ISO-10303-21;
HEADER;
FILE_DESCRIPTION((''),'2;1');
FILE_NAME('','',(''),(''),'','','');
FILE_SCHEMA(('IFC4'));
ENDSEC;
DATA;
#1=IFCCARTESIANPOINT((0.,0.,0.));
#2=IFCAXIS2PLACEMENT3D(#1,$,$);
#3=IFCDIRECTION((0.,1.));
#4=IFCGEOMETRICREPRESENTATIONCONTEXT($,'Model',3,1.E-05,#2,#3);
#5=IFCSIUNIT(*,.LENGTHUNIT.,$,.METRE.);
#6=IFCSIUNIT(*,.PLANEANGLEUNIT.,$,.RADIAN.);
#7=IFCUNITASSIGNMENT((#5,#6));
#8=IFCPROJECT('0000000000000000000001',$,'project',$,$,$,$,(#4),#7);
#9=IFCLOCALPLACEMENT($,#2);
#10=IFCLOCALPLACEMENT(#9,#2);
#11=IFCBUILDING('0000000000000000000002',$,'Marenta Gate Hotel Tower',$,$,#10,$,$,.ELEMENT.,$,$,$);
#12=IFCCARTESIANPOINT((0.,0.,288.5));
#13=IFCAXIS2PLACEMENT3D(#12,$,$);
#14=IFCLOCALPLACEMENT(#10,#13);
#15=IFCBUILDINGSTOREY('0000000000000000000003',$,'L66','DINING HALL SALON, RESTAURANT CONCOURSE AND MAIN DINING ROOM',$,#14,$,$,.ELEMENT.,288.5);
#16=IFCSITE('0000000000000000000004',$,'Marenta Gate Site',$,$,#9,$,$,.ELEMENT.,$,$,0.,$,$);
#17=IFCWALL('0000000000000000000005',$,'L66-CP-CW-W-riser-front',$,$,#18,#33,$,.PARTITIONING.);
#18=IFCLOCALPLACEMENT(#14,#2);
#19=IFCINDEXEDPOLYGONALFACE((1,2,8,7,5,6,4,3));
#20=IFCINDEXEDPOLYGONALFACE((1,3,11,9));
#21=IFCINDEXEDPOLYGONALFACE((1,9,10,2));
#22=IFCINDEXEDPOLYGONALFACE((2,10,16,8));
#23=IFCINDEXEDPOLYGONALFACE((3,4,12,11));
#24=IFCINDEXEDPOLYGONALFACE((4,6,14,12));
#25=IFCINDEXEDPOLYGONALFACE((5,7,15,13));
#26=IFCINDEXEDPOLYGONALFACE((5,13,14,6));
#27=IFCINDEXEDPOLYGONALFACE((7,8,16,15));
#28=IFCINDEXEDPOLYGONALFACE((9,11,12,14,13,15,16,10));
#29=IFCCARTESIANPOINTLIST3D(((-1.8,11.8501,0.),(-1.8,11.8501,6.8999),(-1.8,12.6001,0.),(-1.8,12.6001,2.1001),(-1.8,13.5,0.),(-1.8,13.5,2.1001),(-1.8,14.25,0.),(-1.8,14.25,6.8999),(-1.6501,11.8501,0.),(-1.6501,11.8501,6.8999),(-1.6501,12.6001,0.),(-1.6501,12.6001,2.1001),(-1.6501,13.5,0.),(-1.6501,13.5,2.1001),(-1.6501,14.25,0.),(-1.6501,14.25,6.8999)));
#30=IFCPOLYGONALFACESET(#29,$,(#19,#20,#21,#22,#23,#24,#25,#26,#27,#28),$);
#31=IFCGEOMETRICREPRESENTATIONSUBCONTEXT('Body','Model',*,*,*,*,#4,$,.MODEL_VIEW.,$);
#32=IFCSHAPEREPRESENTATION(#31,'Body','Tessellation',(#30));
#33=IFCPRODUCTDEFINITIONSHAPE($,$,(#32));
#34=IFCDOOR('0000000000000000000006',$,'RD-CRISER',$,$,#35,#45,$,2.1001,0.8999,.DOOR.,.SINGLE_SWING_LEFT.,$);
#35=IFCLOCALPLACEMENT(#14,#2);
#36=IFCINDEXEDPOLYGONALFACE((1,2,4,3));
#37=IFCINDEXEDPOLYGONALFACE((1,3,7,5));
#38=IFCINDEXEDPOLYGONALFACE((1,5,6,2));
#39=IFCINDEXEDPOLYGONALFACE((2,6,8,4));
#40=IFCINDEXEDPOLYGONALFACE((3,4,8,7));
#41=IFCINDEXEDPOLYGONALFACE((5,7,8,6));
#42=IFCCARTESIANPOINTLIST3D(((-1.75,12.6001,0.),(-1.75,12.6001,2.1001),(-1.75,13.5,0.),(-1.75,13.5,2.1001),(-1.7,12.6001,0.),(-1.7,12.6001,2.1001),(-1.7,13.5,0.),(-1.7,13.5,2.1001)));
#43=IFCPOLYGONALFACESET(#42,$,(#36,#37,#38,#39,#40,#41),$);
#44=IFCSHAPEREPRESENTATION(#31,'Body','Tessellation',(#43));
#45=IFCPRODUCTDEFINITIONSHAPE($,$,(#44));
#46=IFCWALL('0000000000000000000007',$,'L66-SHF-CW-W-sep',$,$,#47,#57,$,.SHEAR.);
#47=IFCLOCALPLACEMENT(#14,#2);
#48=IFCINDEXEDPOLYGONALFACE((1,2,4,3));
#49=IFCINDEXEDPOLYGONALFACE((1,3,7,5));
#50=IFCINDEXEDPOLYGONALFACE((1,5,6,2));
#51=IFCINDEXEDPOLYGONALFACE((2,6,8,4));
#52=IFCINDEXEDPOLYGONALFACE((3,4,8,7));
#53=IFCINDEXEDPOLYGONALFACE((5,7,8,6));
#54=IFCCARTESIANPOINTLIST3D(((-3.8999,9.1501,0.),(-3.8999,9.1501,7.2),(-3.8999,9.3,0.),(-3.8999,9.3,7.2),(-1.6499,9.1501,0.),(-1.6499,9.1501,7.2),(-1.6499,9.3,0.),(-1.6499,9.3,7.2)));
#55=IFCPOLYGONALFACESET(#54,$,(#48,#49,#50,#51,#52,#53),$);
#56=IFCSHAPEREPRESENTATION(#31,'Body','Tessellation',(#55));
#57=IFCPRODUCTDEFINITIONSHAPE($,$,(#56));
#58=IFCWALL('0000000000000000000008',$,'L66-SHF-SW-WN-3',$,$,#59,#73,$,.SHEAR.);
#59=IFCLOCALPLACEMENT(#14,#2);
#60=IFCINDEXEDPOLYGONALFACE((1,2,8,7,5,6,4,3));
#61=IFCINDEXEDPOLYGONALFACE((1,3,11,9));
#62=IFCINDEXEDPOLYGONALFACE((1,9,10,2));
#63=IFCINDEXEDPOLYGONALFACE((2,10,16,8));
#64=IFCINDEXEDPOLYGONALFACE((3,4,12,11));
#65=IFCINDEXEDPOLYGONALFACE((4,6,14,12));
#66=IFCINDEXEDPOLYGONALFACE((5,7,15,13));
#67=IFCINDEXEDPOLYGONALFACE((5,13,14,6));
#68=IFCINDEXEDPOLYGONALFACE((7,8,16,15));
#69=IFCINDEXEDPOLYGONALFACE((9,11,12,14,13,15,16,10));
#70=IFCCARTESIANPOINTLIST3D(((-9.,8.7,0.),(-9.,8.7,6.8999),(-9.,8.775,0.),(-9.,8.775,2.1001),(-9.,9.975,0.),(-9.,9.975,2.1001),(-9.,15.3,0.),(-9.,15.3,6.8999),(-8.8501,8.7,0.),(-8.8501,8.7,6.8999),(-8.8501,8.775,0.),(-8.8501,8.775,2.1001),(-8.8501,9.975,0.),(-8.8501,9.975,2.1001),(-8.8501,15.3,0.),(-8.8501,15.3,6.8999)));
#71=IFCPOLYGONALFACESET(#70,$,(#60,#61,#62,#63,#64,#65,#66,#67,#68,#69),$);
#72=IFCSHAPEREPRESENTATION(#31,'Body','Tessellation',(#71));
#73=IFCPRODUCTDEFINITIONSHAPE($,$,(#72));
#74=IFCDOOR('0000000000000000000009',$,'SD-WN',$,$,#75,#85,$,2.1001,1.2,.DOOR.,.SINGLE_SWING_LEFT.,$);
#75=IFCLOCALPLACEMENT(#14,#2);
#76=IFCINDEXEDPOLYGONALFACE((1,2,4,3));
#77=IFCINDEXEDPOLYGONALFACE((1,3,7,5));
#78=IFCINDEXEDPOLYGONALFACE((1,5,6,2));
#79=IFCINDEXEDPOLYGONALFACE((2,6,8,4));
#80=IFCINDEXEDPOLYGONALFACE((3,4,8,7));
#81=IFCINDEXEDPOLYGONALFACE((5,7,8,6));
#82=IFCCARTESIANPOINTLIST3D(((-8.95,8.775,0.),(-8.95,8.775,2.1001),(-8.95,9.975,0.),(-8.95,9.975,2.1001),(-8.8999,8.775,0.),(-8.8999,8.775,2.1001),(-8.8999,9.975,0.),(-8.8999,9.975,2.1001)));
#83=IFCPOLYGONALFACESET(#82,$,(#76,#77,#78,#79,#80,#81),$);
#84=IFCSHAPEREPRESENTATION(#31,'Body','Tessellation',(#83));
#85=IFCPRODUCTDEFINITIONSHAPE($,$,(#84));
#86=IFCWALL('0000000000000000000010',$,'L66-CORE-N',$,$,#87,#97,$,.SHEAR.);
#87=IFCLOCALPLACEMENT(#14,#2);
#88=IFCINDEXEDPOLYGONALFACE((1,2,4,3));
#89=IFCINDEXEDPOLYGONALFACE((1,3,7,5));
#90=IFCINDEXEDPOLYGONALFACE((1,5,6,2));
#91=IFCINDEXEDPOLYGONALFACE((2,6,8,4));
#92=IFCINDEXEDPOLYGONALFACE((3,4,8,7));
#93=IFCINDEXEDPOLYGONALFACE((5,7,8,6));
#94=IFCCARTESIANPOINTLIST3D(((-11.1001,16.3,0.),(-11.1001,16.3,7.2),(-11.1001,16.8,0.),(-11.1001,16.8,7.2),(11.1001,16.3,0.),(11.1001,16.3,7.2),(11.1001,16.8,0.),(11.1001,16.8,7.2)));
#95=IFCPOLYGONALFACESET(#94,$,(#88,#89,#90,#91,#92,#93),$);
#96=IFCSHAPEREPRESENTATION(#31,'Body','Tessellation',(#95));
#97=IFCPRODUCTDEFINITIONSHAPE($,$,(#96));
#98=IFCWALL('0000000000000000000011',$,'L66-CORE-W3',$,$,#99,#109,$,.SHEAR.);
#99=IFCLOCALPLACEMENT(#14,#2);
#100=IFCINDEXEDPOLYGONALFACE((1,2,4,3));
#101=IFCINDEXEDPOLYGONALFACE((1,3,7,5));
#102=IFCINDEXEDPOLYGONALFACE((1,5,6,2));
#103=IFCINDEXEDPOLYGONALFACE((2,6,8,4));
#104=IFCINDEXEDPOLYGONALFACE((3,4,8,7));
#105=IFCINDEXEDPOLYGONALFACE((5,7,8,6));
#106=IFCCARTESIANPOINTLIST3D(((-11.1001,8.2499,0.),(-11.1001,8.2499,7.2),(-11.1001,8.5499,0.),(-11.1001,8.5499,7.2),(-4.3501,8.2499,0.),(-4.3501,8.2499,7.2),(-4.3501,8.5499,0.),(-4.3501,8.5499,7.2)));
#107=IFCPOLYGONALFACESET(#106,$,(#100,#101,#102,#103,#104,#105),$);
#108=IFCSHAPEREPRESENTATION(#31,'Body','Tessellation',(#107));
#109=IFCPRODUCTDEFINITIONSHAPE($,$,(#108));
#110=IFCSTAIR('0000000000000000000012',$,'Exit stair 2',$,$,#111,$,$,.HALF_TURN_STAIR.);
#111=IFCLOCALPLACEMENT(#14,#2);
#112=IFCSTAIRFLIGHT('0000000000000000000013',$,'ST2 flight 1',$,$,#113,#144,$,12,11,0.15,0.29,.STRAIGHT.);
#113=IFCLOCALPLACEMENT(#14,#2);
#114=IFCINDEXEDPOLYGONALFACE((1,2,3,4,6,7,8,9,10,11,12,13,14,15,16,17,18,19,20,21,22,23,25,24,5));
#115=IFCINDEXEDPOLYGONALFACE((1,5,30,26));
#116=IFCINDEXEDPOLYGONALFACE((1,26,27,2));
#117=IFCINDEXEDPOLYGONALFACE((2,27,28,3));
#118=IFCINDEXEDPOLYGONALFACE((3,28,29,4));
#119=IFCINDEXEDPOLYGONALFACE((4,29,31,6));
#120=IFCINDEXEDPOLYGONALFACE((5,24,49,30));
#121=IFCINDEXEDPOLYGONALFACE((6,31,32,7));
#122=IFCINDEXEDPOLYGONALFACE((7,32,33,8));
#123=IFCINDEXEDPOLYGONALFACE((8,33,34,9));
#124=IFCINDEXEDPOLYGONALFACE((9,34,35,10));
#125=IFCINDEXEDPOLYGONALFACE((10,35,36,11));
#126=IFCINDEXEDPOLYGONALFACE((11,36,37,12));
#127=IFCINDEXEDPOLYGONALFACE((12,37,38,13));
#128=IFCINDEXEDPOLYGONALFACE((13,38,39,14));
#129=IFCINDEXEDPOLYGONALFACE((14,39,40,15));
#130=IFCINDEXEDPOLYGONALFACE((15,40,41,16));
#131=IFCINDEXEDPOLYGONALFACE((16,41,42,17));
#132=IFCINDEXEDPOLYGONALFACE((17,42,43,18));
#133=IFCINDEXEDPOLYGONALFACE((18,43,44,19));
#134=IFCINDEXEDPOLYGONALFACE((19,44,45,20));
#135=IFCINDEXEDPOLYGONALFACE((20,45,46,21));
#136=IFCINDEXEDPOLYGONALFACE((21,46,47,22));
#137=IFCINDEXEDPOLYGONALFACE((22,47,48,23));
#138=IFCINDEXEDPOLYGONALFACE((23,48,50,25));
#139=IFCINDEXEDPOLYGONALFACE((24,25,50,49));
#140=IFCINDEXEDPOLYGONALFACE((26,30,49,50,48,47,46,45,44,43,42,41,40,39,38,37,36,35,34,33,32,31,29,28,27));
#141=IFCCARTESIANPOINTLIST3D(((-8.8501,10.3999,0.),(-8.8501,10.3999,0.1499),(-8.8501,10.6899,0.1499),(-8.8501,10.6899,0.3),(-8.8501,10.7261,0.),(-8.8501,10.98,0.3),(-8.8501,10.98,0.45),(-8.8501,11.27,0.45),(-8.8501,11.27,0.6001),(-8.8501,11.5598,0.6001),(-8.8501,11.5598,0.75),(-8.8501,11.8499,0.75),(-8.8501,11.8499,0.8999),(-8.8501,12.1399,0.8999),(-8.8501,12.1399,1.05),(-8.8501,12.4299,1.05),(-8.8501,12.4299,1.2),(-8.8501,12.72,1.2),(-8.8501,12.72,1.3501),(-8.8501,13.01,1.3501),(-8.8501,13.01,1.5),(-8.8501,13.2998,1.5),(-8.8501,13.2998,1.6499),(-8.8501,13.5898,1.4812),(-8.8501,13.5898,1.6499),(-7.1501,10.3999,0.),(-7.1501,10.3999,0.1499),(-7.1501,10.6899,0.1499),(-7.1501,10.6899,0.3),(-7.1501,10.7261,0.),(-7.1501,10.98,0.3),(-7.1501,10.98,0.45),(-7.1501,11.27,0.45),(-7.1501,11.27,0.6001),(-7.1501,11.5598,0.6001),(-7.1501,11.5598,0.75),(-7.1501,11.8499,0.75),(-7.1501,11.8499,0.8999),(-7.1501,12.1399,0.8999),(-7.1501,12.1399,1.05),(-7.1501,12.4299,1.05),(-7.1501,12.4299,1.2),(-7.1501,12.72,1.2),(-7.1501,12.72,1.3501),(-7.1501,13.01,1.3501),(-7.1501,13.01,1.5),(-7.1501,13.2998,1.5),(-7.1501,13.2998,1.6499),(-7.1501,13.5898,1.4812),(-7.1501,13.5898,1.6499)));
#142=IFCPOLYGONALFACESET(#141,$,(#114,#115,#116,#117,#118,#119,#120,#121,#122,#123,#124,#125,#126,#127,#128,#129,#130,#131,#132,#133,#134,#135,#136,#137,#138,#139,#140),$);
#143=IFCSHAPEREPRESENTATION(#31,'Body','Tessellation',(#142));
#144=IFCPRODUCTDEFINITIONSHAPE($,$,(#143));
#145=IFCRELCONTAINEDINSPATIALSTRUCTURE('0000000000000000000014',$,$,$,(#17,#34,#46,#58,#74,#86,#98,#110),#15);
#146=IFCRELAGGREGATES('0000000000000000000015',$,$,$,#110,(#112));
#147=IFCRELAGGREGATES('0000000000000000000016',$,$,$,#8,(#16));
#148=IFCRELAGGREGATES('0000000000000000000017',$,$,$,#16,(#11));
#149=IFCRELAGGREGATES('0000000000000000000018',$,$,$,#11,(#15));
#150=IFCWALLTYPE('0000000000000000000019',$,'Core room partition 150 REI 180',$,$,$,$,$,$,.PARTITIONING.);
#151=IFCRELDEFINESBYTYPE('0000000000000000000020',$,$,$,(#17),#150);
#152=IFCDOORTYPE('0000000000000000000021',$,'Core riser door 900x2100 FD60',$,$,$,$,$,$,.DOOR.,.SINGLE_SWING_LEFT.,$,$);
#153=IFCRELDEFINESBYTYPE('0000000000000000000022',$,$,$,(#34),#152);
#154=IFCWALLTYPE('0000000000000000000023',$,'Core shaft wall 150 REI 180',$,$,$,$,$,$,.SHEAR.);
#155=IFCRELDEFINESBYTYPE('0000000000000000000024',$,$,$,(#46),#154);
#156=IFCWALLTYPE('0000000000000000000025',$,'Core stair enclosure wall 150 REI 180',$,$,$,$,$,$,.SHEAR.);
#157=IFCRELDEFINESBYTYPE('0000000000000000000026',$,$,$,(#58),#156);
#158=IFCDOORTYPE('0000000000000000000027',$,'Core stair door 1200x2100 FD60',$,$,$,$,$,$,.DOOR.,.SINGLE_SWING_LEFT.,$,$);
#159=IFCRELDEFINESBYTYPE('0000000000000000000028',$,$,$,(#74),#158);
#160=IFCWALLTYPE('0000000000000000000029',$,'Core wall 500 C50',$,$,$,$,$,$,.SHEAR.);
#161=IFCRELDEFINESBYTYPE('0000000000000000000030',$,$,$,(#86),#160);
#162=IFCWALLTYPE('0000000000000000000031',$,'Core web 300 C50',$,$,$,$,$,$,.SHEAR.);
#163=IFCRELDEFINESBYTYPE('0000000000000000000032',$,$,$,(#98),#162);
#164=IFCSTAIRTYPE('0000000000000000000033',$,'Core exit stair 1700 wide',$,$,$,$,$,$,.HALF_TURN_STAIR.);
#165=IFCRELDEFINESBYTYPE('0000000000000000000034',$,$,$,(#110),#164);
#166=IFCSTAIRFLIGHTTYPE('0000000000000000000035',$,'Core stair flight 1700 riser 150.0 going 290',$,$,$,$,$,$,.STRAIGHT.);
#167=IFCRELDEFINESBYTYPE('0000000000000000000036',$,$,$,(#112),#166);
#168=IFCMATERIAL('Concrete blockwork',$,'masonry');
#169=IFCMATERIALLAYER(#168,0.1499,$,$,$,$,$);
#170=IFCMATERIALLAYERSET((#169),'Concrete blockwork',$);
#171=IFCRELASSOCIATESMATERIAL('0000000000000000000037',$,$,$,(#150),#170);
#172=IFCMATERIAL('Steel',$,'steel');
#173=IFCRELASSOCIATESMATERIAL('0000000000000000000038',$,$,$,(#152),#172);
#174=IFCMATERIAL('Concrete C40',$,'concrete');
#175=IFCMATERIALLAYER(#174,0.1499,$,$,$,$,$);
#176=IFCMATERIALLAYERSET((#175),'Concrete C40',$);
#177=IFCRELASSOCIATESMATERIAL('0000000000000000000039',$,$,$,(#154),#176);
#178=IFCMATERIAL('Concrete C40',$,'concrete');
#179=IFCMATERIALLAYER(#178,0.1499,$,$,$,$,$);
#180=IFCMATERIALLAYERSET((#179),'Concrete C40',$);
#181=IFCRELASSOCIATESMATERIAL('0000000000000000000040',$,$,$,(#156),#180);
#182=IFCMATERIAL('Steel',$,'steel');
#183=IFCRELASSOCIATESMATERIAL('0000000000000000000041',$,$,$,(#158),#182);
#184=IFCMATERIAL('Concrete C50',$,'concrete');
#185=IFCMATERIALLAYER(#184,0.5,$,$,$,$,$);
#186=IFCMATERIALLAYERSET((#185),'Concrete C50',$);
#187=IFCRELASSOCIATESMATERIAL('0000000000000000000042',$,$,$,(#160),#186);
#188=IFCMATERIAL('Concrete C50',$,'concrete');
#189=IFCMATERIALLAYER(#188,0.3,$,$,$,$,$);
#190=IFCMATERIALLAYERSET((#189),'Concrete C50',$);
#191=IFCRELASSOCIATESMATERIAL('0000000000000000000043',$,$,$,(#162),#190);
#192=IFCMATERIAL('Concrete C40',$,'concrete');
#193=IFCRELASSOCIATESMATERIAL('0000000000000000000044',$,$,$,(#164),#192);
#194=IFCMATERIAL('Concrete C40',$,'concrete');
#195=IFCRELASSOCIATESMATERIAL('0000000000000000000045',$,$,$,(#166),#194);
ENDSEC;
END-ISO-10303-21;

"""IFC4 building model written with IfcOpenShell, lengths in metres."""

from ifc_helpers import new_model, si_unit, direction, frame, frame_2d, origin, place, context, subcontext, project, spatial, polyline, rectangle, outline, extrude, material, layer, layer_set, type_object, element, fill, aggregate, save


model = new_model("IFC4")

# Units and contexts
model_context = context("Model", 3, precision=1e-05, world=origin(), true_north=direction((0.0, 1.0)))
body_context = subcontext(model_context, "Body", "Model", "MODEL_VIEW")
ifc_project = project(units=[si_unit("LENGTHUNIT", "METRE"), si_unit("PLANEANGLEUNIT", "RADIAN")], contexts=[model_context])

# Site, building, storey
site_placement = place(None, origin())
site = spatial("IfcSite", under=ifc_project, at=site_placement, Name="Marenta Gate Site", CompositionType="ELEMENT", RefElevation=0.0)
building_placement = place(site_placement, origin())
building = spatial("IfcBuilding", under=site, at=building_placement, Name="Marenta Gate Hotel Tower", CompositionType="ELEMENT")
storey_placement = place(building_placement, frame((0.0, 0.0, 288.5)))
storey = spatial("IfcBuildingStorey", under=building, at=storey_placement, Name="L66", Description="DINING HALL SALON, RESTAURANT CONCOURSE AND MAIN DINING ROOM", CompositionType="ELEMENT", Elevation=288.5)

# Shared definitions
ifc_material_1 = material(Name="Concrete blockwork", Category="masonry")
ifc_layer_1 = layer(ifc_material_1, 0.1499)
ifc_layer_set_1 = layer_set([ifc_layer_1], Name="Concrete blockwork")
wall_type_1 = type_object("IfcWallType", Name="Core room partition 150 REI 180", PredefinedType="PARTITIONING", material=ifc_layer_set_1)

# Wall, opening, door
wall_1_placement = place(storey_placement, frame((-1.7251, 11.8501, 0.0), z_axis=(0.0, 0.0, 1.0), x_axis=(0.0, 1.0, 0.0)))
wall_1 = element("IfcWall", 1, at=wall_1_placement, inside=storey, type_object=wall_type_1, Name="L66-CP-CW-W-riser-front", PredefinedType="PARTITIONING", context=body_context, shape_type="SweptSolid", body=[
    extrude(rectangle(XDim=2.3999, YDim=0.1499, at=frame_2d((1.2, 0.0))), origin(), (0.0, 0.0, 1.0), 6.8999),
])
opening_1_placement = place(wall_1_placement, frame((0.75, 0.0, 0.0)))
opening_1 = element("IfcOpeningElement", 2, at=opening_1_placement, cuts=wall_1, PredefinedType="OPENING", context=body_context, shape_type="SweptSolid", body=[
    extrude(rectangle(XDim=0.8999, YDim=2.1001, at=frame_2d((0.45, 1.05))), frame((0.0, 0.075, 0.0), z_axis=(0.0, -1.0, 0.0), x_axis=(1.0, 0.0, 0.0)), (0.0, 0.0, 1.0), 0.1499),
])
ifc_material_2 = material(Name="Steel", Category="steel")
door_type_1 = type_object("IfcDoorType", Name="Core riser door 900x2100 FD60", OperationType="SINGLE_SWING_LEFT", PredefinedType="DOOR", material=ifc_material_2)
door_1_placement = place(opening_1_placement, origin())
door_1 = element("IfcDoor", 3, at=door_1_placement, inside=storey, type_object=door_type_1, Name="RD-CRISER", OperationType="SINGLE_SWING_LEFT", OverallHeight=2.1001, OverallWidth=0.8999, PredefinedType="DOOR", context=body_context, shape_type="SweptSolid", body=[
    extrude(rectangle(XDim=0.8999, YDim=2.1001, at=frame_2d((0.45, 1.05))), frame((0.0, 0.0249, 0.0), z_axis=(0.0, -1.0, 0.0), x_axis=(1.0, 0.0, 0.0)), (0.0, 0.0, 1.0), 0.05),
])
fill(opening_1, door_1)

# Wall
ifc_material_3 = material(Name="Concrete C40", Category="concrete")
ifc_layer_2 = layer(ifc_material_3, 0.1499)
ifc_layer_set_2 = layer_set([ifc_layer_2], Name="Concrete C40")
wall_type_2 = type_object("IfcWallType", Name="Core shaft wall 150 REI 180", PredefinedType="SHEAR", material=ifc_layer_set_2)
wall_2_placement = place(storey_placement, frame((-3.8999, 9.2251, 0.0), z_axis=(0.0, 0.0, 1.0), x_axis=(1.0, 0.0, 0.0)))
element("IfcWall", 4, at=wall_2_placement, inside=storey, type_object=wall_type_2, Name="L66-SHF-CW-W-sep", PredefinedType="SHEAR", context=body_context, shape_type="SweptSolid", body=[
    extrude(rectangle(XDim=2.25, YDim=0.1499, at=frame_2d((1.125, 0.0))), origin(), (0.0, 0.0, 1.0), 7.2),
])

# Wall, opening, door
ifc_material_4 = material(Name="Concrete C40", Category="concrete")
ifc_layer_3 = layer(ifc_material_4, 0.1499)
ifc_layer_set_3 = layer_set([ifc_layer_3], Name="Concrete C40")
wall_type_3 = type_object("IfcWallType", Name="Core stair enclosure wall 150 REI 180", PredefinedType="SHEAR", material=ifc_layer_set_3)
wall_3_placement = place(storey_placement, frame((-8.925, 8.7, 0.0), z_axis=(0.0, 0.0, 1.0), x_axis=(0.0, 1.0, 0.0)))
wall_3 = element("IfcWall", 5, at=wall_3_placement, inside=storey, type_object=wall_type_3, Name="L66-SHF-SW-WN-3", PredefinedType="SHEAR", context=body_context, shape_type="SweptSolid", body=[
    extrude(rectangle(XDim=6.6001, YDim=0.1499, at=frame_2d((3.3, 0.0))), origin(), (0.0, 0.0, 1.0), 6.8999),
])
opening_2_placement = place(wall_3_placement, frame((0.075, 0.0, 0.0)))
opening_2 = element("IfcOpeningElement", 6, at=opening_2_placement, cuts=wall_3, PredefinedType="OPENING", context=body_context, shape_type="SweptSolid", body=[
    extrude(rectangle(XDim=1.2, YDim=2.1001, at=frame_2d((0.6001, 1.05))), frame((0.0, 0.075, 0.0), z_axis=(0.0, -1.0, 0.0), x_axis=(1.0, 0.0, 0.0)), (0.0, 0.0, 1.0), 0.1499),
])
ifc_material_5 = material(Name="Steel", Category="steel")
door_type_2 = type_object("IfcDoorType", Name="Core stair door 1200x2100 FD60", OperationType="SINGLE_SWING_LEFT", PredefinedType="DOOR", material=ifc_material_5)
door_2_placement = place(opening_2_placement, origin())
door_2 = element("IfcDoor", 7, at=door_2_placement, inside=storey, type_object=door_type_2, Name="SD-WN", OperationType="SINGLE_SWING_LEFT", OverallHeight=2.1001, OverallWidth=1.2, PredefinedType="DOOR", context=body_context, shape_type="SweptSolid", body=[
    extrude(rectangle(XDim=1.2, YDim=2.1001, at=frame_2d((0.6001, 1.05))), frame((0.0, 0.0249, 0.0), z_axis=(0.0, -1.0, 0.0), x_axis=(1.0, 0.0, 0.0)), (0.0, 0.0, 1.0), 0.05),
])
fill(opening_2, door_2)

# Walls
ifc_material_6 = material(Name="Concrete C50", Category="concrete")
ifc_layer_4 = layer(ifc_material_6, 0.5)
ifc_layer_set_4 = layer_set([ifc_layer_4], Name="Concrete C50")
wall_type_4 = type_object("IfcWallType", Name="Core wall 500 C50", PredefinedType="SHEAR", material=ifc_layer_set_4)
wall_4_placement = place(storey_placement, frame((-11.1001, 16.55, 0.0), z_axis=(0.0, 0.0, 1.0), x_axis=(1.0, 0.0, 0.0)))
element("IfcWall", 8, at=wall_4_placement, inside=storey, type_object=wall_type_4, Name="L66-CORE-N", PredefinedType="SHEAR", context=body_context, shape_type="SweptSolid", body=[
    extrude(rectangle(XDim=22.2002, YDim=0.5, at=frame_2d((11.1001, 0.0))), origin(), (0.0, 0.0, 1.0), 7.2),
])
ifc_material_7 = material(Name="Concrete C50", Category="concrete")
ifc_layer_5 = layer(ifc_material_7, 0.3)
ifc_layer_set_5 = layer_set([ifc_layer_5], Name="Concrete C50")
wall_type_5 = type_object("IfcWallType", Name="Core web 300 C50", PredefinedType="SHEAR", material=ifc_layer_set_5)
wall_5_placement = place(storey_placement, frame((-11.1001, 8.3999, 0.0), z_axis=(0.0, 0.0, 1.0), x_axis=(1.0, 0.0, 0.0)))
element("IfcWall", 9, at=wall_5_placement, inside=storey, type_object=wall_type_5, Name="L66-CORE-W3", PredefinedType="SHEAR", context=body_context, shape_type="SweptSolid", body=[
    extrude(rectangle(XDim=6.75, YDim=0.3, at=frame_2d((3.375, 0.0))), origin(), (0.0, 0.0, 1.0), 7.2),
])

# Stair, stair flight
ifc_material_8 = material(Name="Concrete C40", Category="concrete")
stair_type = type_object("IfcStairType", Name="Core exit stair 1700 wide", PredefinedType="HALF_TURN_STAIR", material=ifc_material_8)
stair_placement = place(storey_placement, origin())
stair = element("IfcStair", 10, at=stair_placement, inside=storey, type_object=stair_type, Name="Exit stair 2", PredefinedType="HALF_TURN_STAIR")
ifc_material_9 = material(Name="Concrete C40", Category="concrete")
stair_flight_type = type_object("IfcStairFlightType", Name="Core stair flight 1700 riser 150.0 going 290", PredefinedType="STRAIGHT", material=ifc_material_9)
stair_flight_1_placement = place(storey_placement, frame((-8.0, 10.3999, 0.0), z_axis=(0.0, 0.0, 1.0), x_axis=(0.0, 1.0, 0.0)))
stair_flight_1 = element("IfcStairFlight", 11, at=stair_flight_1_placement, type_object=stair_flight_type, Name="ST2 flight 1", NumberOfRisers=12, NumberOfTreads=11, PredefinedType="STRAIGHT", RiserHeight=0.15, TreadLength=0.29, context=body_context, shape_type="SweptSolid", body=[
    extrude(outline(polyline([(0.0, 0.0), (0.0, 0.1499), (0.29, 0.1499), (0.29, 0.3), (0.5801, 0.3), (0.5801, 0.45), (0.8701, 0.45), (0.8701, 0.6001), (1.1599, 0.6001), (1.1599, 0.75), (1.45, 0.75), (1.45, 0.8999), (1.74, 0.8999), (1.74, 1.05), (2.03, 1.05), (2.03, 1.2), (2.3201, 1.2), (2.3201, 1.3501), (2.6101, 1.3501), (2.6101, 1.5), (2.8999, 1.5), (2.8999, 1.6499), (3.1899, 1.6499), (3.1899, 1.8), (3.1899, 1.4812), (0.3262, 0.0), (0.0, 0.0)])), frame((0.0, 0.8501, 0.0), z_axis=(0.0, -1.0, 0.0), x_axis=(1.0, 0.0, 0.0)), (0.0, 0.0, 1.0), 1.7),
])
aggregate(stair, [stair_flight_1])

save(model, "model.ifc")
